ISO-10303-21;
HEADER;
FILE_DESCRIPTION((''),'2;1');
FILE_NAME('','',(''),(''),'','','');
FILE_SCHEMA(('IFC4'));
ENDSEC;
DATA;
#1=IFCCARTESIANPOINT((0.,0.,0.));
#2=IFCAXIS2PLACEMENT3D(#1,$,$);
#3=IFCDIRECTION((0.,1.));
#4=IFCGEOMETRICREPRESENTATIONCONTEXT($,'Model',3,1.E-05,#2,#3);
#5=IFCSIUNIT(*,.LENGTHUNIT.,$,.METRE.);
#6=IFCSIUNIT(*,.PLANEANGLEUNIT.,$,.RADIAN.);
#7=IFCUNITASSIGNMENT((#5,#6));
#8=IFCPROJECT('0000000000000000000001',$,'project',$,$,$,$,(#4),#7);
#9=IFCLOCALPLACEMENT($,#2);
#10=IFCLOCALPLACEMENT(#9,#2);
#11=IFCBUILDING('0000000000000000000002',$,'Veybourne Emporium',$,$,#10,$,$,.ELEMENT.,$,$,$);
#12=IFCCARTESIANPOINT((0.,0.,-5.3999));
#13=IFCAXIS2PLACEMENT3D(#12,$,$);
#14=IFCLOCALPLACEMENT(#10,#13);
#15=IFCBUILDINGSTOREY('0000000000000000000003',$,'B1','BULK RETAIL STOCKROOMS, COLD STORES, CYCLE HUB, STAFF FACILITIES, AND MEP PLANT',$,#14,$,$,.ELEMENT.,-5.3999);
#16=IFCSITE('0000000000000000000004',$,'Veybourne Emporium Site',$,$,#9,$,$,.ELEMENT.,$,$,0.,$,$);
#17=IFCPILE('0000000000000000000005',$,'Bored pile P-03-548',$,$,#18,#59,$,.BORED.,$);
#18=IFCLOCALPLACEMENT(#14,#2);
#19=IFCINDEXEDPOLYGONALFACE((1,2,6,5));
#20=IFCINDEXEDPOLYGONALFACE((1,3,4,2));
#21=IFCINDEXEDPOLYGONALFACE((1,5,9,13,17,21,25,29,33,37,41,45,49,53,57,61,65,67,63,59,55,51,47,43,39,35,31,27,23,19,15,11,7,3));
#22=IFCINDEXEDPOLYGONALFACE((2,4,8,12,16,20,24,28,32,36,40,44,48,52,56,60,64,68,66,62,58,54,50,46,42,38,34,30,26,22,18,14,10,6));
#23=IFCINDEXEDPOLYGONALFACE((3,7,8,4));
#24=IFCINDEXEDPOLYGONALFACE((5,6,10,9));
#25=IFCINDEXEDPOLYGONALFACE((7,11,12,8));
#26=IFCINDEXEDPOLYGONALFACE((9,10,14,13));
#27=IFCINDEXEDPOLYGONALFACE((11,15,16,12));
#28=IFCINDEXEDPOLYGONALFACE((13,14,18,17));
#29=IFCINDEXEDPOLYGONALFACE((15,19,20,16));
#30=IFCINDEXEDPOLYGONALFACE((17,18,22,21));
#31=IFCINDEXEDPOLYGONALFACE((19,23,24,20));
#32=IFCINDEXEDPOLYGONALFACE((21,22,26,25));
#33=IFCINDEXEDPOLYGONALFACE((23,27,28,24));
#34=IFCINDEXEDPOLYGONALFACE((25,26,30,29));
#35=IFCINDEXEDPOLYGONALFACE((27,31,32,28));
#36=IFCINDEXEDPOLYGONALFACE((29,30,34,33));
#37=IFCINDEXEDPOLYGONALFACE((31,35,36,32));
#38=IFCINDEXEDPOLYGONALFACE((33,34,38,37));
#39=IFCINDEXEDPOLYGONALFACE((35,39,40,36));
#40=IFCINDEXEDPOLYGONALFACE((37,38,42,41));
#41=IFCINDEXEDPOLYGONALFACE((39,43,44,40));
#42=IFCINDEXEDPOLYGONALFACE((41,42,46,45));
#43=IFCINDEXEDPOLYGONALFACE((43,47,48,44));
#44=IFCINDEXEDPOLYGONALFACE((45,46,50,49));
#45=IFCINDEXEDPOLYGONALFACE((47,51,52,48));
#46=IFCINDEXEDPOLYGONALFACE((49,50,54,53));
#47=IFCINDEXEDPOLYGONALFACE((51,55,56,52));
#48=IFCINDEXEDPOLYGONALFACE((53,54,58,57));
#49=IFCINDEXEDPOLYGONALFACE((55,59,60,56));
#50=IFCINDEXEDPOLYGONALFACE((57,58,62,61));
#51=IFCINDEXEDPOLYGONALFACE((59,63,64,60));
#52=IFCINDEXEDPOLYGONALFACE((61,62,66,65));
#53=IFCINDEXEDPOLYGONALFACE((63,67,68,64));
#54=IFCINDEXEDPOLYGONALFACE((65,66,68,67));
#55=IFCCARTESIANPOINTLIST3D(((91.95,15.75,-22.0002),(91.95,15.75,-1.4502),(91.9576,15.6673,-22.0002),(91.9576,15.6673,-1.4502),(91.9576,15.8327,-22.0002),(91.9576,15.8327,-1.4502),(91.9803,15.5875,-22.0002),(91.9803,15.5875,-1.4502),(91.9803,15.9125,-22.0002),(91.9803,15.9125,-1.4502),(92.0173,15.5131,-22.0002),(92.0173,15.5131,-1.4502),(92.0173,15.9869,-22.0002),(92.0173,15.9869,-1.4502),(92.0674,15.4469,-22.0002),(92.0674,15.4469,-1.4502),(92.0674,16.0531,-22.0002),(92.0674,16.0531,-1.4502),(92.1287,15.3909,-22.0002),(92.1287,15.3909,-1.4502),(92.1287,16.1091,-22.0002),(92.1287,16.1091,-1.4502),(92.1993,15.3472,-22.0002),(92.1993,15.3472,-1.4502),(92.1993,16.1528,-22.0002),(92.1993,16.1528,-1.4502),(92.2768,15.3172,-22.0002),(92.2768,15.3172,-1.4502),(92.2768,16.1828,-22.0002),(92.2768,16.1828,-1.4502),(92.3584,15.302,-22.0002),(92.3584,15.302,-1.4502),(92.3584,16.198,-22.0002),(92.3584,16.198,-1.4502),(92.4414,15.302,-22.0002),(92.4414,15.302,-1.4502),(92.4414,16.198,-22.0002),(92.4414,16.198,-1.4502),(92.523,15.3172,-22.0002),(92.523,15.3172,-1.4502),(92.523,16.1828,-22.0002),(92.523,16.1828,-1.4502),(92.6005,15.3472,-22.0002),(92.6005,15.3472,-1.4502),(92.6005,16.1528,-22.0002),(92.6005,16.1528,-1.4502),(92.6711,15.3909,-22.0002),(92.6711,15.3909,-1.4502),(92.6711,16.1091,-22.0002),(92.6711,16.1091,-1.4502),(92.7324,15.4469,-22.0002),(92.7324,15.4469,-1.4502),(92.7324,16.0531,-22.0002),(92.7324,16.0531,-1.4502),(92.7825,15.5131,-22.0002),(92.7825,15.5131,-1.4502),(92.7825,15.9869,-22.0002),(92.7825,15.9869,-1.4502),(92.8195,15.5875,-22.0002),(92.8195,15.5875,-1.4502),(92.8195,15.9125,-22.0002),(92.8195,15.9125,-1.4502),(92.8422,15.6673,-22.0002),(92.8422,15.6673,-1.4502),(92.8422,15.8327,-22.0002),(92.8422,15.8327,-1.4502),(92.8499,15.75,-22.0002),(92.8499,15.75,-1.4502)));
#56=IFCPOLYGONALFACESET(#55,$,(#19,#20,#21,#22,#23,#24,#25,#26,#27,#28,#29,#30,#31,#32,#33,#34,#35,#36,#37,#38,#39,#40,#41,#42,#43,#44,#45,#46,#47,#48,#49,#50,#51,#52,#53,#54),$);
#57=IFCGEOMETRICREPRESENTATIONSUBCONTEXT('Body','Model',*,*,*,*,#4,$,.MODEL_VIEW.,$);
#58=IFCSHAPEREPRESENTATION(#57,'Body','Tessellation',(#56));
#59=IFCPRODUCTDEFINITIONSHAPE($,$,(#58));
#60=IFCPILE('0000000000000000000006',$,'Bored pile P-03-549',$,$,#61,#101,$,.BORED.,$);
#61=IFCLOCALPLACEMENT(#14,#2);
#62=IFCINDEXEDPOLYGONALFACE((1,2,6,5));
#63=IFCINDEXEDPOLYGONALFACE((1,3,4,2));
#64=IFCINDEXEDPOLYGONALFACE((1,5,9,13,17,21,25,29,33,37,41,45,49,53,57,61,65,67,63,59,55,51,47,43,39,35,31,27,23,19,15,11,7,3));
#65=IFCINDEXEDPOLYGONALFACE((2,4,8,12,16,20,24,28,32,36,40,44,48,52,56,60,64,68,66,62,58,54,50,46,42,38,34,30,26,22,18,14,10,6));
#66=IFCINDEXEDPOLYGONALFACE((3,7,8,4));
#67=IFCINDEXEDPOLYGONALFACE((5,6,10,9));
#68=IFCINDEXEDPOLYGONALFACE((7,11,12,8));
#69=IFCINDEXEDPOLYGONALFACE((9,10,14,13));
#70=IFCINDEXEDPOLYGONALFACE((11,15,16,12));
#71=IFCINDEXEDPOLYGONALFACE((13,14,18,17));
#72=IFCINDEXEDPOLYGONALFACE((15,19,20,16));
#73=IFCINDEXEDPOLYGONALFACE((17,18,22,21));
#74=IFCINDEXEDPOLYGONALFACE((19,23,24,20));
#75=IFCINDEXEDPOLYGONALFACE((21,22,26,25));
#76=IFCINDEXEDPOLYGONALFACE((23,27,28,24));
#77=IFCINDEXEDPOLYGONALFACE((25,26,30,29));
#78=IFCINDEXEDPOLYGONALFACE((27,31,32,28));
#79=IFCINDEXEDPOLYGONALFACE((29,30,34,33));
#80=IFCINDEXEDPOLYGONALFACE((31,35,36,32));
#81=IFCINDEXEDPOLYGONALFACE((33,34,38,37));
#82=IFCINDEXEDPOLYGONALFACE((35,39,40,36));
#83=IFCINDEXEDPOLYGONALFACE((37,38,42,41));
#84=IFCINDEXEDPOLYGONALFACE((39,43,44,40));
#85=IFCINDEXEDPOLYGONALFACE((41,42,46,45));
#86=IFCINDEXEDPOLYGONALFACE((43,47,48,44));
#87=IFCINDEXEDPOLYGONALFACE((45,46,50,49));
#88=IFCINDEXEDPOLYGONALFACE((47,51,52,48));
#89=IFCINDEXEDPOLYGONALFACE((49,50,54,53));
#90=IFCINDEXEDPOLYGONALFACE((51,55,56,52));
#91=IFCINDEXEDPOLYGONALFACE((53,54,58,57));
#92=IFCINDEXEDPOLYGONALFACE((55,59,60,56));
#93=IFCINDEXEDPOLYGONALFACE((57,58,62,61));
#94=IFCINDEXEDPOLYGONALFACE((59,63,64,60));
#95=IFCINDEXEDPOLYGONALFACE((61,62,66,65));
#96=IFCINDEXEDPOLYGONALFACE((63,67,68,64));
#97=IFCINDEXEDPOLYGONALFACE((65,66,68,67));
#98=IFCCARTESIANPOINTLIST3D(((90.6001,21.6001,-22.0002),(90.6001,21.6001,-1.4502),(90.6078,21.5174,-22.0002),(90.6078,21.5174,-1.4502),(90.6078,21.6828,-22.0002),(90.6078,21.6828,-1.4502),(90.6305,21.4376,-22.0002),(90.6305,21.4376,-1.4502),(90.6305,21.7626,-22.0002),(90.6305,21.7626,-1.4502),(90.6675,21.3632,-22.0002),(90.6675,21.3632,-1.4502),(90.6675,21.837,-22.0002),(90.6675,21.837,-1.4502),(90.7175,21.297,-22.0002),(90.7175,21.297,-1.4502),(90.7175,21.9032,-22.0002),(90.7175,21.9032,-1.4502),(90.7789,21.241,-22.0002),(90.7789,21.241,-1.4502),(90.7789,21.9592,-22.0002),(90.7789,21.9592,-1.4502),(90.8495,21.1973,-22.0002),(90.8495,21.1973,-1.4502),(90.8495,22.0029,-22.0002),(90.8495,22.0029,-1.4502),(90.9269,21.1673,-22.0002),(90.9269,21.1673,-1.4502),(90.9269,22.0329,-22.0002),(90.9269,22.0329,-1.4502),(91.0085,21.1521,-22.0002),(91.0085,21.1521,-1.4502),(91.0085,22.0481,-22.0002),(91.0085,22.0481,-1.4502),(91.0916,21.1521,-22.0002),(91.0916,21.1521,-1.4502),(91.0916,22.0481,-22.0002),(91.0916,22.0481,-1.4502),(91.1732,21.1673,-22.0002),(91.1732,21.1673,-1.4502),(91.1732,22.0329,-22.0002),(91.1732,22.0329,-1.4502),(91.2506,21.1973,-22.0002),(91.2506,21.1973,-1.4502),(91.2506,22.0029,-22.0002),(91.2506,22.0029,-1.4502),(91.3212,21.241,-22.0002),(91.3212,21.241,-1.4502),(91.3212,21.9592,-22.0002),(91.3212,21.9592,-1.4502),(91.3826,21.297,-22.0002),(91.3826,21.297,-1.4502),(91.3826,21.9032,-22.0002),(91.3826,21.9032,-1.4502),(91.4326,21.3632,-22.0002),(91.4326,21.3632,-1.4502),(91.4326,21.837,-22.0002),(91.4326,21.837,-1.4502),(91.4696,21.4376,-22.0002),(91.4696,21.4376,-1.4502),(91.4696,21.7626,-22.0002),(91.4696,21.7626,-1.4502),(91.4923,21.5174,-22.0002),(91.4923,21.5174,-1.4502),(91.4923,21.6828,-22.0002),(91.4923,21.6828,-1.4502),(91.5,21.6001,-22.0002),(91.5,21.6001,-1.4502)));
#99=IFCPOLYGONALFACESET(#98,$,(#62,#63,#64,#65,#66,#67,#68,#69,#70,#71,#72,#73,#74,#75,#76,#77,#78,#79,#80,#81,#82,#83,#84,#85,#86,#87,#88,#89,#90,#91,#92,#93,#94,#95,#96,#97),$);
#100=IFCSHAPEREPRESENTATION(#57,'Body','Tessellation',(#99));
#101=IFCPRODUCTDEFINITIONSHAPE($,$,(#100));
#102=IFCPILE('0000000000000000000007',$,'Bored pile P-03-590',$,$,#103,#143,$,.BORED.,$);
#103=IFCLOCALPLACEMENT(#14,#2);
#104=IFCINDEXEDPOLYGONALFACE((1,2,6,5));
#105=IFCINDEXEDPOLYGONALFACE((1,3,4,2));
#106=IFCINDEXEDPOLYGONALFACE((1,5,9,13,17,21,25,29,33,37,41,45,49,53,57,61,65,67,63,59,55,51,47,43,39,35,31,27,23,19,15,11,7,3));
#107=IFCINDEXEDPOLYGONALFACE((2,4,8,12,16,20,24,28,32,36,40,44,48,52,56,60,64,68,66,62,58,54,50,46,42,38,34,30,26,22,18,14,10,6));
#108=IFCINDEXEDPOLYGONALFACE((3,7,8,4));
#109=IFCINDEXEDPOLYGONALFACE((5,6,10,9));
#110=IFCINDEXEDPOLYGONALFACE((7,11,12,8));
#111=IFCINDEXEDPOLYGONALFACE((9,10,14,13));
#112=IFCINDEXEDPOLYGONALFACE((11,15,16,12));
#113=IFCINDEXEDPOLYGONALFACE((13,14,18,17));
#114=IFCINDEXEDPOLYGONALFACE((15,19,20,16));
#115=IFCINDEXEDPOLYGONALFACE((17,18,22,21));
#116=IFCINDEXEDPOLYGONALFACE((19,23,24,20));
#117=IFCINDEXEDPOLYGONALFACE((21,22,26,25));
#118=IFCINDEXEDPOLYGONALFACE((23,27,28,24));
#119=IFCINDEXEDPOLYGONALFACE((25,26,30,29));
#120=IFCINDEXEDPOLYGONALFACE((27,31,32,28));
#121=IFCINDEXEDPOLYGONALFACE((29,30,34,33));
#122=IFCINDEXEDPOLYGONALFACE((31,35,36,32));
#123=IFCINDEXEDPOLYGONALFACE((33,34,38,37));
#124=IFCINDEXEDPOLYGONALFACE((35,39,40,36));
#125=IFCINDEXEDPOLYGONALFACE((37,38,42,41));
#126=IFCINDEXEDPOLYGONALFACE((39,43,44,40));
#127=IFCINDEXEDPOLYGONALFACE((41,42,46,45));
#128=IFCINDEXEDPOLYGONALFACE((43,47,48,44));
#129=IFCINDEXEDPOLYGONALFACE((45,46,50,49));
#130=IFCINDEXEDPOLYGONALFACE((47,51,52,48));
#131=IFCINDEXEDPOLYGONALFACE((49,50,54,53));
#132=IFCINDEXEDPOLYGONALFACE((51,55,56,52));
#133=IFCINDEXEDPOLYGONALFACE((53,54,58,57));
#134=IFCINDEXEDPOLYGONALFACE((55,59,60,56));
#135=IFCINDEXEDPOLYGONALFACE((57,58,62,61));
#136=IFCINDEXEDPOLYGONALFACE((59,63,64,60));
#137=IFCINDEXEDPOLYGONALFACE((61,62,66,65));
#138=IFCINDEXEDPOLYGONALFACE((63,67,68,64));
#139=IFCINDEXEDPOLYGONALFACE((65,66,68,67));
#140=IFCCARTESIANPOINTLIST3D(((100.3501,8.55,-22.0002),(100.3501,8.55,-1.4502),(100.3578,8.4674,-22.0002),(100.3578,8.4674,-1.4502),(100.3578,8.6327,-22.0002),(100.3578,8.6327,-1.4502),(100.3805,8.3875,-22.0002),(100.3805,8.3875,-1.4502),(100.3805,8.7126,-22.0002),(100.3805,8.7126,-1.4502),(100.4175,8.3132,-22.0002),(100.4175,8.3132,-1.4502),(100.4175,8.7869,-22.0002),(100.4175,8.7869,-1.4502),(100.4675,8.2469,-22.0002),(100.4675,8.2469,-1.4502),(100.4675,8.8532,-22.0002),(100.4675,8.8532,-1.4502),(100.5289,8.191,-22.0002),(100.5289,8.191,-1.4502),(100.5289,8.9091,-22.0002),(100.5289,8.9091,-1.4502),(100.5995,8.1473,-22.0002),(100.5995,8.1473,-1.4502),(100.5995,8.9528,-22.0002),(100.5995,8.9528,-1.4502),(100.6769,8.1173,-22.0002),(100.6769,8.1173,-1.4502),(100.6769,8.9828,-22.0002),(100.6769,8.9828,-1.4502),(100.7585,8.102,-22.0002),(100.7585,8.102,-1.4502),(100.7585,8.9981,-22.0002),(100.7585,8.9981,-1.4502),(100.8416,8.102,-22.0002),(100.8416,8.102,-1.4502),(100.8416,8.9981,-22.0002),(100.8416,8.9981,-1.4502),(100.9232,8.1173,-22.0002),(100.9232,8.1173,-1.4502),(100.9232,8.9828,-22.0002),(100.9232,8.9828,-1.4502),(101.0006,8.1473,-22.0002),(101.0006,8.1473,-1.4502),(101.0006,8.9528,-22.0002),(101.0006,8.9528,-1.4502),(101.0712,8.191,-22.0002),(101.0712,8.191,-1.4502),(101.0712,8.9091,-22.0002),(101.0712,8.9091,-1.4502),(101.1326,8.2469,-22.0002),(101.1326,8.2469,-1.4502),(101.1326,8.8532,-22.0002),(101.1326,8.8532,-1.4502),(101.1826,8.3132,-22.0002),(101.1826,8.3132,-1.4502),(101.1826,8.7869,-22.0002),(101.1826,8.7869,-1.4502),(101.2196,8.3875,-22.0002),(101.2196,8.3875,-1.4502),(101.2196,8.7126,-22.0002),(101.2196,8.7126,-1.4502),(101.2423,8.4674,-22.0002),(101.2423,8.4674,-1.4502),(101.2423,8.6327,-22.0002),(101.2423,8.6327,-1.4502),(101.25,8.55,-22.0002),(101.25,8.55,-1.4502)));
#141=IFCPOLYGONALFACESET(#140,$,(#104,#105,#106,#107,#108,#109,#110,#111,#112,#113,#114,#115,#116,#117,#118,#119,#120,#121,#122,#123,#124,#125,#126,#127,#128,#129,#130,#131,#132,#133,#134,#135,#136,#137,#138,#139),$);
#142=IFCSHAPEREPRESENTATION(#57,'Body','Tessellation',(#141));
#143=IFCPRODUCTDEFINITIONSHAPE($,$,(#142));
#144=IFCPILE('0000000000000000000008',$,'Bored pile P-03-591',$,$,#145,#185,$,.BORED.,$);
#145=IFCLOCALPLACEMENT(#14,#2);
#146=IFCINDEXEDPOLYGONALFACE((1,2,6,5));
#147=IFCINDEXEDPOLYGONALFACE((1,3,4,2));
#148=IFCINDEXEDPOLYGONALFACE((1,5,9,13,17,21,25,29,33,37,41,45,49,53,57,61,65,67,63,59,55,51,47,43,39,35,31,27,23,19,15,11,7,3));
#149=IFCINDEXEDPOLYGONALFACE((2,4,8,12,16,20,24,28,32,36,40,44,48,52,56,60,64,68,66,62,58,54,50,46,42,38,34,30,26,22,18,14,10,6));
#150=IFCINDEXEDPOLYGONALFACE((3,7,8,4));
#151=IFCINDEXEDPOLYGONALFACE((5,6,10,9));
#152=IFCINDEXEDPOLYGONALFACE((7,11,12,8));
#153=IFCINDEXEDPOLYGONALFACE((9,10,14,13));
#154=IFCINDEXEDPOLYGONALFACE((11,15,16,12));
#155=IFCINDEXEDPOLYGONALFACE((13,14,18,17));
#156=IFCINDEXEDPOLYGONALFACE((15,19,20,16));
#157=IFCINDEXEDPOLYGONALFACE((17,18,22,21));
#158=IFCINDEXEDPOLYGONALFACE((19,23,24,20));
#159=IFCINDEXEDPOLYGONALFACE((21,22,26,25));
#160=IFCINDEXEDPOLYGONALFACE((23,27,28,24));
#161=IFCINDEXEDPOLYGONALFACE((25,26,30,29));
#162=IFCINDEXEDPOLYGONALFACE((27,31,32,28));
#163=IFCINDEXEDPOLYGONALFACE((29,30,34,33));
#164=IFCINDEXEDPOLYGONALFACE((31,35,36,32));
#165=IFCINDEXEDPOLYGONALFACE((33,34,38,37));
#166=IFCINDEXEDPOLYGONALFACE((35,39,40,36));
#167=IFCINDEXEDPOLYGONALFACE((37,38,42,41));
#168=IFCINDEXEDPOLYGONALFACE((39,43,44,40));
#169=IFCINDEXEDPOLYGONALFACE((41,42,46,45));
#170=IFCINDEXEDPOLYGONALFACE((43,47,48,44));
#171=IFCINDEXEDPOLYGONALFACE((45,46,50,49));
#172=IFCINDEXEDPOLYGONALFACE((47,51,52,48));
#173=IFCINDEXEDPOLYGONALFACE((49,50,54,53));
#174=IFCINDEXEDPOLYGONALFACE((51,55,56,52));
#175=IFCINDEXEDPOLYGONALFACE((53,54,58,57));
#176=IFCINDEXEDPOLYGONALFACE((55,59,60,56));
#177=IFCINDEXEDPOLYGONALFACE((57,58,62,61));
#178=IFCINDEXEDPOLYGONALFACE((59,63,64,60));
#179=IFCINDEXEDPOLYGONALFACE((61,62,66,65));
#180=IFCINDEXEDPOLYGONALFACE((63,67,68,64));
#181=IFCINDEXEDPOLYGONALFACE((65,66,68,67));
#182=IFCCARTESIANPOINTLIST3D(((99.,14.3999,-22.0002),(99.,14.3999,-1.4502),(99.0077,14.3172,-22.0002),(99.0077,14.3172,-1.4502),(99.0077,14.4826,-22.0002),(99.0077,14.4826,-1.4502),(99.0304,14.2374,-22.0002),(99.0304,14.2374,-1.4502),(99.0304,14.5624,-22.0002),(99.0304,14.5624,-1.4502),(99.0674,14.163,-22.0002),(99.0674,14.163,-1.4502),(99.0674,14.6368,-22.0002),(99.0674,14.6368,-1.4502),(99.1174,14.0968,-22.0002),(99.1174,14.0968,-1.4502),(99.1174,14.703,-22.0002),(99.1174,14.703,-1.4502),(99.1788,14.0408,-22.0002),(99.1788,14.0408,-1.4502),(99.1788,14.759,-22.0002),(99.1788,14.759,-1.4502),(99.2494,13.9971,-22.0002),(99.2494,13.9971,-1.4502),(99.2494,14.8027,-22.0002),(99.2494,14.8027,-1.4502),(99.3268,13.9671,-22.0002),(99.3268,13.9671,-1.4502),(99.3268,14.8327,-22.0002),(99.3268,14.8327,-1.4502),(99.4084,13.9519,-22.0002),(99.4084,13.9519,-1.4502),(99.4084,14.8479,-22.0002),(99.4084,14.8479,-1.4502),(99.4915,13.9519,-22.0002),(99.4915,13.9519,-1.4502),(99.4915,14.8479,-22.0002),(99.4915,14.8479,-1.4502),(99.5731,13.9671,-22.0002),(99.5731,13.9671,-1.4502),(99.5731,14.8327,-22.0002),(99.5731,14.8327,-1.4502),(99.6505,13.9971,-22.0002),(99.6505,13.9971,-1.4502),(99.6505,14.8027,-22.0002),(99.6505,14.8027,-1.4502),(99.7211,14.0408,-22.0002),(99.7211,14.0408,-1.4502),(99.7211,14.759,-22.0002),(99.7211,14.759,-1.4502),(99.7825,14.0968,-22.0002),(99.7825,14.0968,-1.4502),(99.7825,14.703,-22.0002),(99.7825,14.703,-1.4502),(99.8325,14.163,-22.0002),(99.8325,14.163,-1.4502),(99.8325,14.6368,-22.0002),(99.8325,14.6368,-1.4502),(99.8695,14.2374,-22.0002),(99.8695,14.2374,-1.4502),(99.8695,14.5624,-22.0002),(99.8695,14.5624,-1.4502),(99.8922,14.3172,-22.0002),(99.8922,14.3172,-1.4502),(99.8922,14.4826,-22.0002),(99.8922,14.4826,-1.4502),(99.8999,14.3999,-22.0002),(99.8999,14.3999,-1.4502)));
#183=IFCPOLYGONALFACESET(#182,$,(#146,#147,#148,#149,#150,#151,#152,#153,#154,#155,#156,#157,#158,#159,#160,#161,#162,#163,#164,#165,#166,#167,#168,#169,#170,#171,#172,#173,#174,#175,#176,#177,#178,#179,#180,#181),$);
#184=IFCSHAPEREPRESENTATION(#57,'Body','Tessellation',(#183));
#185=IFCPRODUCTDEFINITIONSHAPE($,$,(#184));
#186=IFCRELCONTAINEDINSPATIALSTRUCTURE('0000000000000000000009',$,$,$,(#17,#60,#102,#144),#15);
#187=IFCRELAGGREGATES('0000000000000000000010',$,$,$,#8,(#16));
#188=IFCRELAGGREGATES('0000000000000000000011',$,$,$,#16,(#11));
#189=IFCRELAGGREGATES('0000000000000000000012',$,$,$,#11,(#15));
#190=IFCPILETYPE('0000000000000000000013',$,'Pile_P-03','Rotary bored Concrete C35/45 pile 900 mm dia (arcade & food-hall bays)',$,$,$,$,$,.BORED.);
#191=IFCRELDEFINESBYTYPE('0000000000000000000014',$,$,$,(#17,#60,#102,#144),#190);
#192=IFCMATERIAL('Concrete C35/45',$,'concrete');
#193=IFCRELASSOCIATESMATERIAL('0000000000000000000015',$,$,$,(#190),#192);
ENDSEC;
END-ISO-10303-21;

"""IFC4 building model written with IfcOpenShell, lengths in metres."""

from ifc_helpers import new_model, si_unit, direction, frame, origin, origin_2d, place, context, subcontext, project, spatial, circle, extrude, material, material_profile, profile_set, type_object, element, save


model = new_model("IFC4")

# Units and contexts
model_context = context("Model", 3, precision=1e-05, world=origin(), true_north=direction((0.0, 1.0)))
body_context = subcontext(model_context, "Body", "Model", "MODEL_VIEW")
ifc_project = project(units=[si_unit("LENGTHUNIT", "METRE"), si_unit("PLANEANGLEUNIT", "RADIAN")], contexts=[model_context])

# Site, building, storey
site_placement = place(None, origin())
site = spatial("IfcSite", under=ifc_project, at=site_placement, Name="Veybourne Emporium Site", CompositionType="ELEMENT", RefElevation=0.0)
building_placement = place(site_placement, origin())
building = spatial("IfcBuilding", under=site, at=building_placement, Name="Veybourne Emporium", CompositionType="ELEMENT")
storey_placement = place(building_placement, frame((0.0, 0.0, -5.3999)))
storey = spatial("IfcBuildingStorey", under=building, at=storey_placement, Name="B1", Description="BULK RETAIL STOCKROOMS, COLD STORES, CYCLE HUB, STAFF FACILITIES, AND MEP PLANT", CompositionType="ELEMENT", Elevation=-5.3999)

# Shared definitions
ifc_material_1 = material(Name="Concrete C35/45", Category="concrete")

# Piles
ifc_material_profile_1 = material_profile(ifc_material_1, circle(Radius=0.45, at=origin_2d()), Name="BORED PILE 900")
ifc_profile_set_1 = profile_set([ifc_material_profile_1], Name="Concrete C35/45")
pile_type = type_object("IfcPileType", Name="Pile_P-03", Description="Rotary bored Concrete C35/45 pile 900 mm dia (arcade & food-hall bays)", PredefinedType="BORED", material=ifc_profile_set_1)
for number, where, z_axis, x_axis, name in (
    (1, (92.3999, 15.75, -1.4502), (0.0, 0.0, -1.0), (1.0, 0.0, 0.0), "Bored pile P-03-548"),
    (2, (91.05, 21.6001, -1.4502), (0.0, 0.0, -1.0), (1.0, 0.0, 0.0), "Bored pile P-03-549"),
    (3, (100.8, 8.55, -1.4502), (0.0, 0.0, -1.0), (1.0, 0.0, 0.0), "Bored pile P-03-590"),
    (4, (99.45, 14.3999, -1.4502), (0.0, 0.0, -1.0), (1.0, 0.0, 0.0), "Bored pile P-03-591"),
):
    element("IfcPile", number, at=place(storey_placement, frame(where, z_axis=z_axis, x_axis=x_axis)), inside=storey, type_object=pile_type, Name=name, PredefinedType="BORED", context=body_context, shape_type="SweptSolid", body=[
        extrude(circle(Radius=0.45, at=origin_2d()), origin(), (0.0, 0.0, 1.0), 20.55),
    ])

save(model, "model.ifc")
